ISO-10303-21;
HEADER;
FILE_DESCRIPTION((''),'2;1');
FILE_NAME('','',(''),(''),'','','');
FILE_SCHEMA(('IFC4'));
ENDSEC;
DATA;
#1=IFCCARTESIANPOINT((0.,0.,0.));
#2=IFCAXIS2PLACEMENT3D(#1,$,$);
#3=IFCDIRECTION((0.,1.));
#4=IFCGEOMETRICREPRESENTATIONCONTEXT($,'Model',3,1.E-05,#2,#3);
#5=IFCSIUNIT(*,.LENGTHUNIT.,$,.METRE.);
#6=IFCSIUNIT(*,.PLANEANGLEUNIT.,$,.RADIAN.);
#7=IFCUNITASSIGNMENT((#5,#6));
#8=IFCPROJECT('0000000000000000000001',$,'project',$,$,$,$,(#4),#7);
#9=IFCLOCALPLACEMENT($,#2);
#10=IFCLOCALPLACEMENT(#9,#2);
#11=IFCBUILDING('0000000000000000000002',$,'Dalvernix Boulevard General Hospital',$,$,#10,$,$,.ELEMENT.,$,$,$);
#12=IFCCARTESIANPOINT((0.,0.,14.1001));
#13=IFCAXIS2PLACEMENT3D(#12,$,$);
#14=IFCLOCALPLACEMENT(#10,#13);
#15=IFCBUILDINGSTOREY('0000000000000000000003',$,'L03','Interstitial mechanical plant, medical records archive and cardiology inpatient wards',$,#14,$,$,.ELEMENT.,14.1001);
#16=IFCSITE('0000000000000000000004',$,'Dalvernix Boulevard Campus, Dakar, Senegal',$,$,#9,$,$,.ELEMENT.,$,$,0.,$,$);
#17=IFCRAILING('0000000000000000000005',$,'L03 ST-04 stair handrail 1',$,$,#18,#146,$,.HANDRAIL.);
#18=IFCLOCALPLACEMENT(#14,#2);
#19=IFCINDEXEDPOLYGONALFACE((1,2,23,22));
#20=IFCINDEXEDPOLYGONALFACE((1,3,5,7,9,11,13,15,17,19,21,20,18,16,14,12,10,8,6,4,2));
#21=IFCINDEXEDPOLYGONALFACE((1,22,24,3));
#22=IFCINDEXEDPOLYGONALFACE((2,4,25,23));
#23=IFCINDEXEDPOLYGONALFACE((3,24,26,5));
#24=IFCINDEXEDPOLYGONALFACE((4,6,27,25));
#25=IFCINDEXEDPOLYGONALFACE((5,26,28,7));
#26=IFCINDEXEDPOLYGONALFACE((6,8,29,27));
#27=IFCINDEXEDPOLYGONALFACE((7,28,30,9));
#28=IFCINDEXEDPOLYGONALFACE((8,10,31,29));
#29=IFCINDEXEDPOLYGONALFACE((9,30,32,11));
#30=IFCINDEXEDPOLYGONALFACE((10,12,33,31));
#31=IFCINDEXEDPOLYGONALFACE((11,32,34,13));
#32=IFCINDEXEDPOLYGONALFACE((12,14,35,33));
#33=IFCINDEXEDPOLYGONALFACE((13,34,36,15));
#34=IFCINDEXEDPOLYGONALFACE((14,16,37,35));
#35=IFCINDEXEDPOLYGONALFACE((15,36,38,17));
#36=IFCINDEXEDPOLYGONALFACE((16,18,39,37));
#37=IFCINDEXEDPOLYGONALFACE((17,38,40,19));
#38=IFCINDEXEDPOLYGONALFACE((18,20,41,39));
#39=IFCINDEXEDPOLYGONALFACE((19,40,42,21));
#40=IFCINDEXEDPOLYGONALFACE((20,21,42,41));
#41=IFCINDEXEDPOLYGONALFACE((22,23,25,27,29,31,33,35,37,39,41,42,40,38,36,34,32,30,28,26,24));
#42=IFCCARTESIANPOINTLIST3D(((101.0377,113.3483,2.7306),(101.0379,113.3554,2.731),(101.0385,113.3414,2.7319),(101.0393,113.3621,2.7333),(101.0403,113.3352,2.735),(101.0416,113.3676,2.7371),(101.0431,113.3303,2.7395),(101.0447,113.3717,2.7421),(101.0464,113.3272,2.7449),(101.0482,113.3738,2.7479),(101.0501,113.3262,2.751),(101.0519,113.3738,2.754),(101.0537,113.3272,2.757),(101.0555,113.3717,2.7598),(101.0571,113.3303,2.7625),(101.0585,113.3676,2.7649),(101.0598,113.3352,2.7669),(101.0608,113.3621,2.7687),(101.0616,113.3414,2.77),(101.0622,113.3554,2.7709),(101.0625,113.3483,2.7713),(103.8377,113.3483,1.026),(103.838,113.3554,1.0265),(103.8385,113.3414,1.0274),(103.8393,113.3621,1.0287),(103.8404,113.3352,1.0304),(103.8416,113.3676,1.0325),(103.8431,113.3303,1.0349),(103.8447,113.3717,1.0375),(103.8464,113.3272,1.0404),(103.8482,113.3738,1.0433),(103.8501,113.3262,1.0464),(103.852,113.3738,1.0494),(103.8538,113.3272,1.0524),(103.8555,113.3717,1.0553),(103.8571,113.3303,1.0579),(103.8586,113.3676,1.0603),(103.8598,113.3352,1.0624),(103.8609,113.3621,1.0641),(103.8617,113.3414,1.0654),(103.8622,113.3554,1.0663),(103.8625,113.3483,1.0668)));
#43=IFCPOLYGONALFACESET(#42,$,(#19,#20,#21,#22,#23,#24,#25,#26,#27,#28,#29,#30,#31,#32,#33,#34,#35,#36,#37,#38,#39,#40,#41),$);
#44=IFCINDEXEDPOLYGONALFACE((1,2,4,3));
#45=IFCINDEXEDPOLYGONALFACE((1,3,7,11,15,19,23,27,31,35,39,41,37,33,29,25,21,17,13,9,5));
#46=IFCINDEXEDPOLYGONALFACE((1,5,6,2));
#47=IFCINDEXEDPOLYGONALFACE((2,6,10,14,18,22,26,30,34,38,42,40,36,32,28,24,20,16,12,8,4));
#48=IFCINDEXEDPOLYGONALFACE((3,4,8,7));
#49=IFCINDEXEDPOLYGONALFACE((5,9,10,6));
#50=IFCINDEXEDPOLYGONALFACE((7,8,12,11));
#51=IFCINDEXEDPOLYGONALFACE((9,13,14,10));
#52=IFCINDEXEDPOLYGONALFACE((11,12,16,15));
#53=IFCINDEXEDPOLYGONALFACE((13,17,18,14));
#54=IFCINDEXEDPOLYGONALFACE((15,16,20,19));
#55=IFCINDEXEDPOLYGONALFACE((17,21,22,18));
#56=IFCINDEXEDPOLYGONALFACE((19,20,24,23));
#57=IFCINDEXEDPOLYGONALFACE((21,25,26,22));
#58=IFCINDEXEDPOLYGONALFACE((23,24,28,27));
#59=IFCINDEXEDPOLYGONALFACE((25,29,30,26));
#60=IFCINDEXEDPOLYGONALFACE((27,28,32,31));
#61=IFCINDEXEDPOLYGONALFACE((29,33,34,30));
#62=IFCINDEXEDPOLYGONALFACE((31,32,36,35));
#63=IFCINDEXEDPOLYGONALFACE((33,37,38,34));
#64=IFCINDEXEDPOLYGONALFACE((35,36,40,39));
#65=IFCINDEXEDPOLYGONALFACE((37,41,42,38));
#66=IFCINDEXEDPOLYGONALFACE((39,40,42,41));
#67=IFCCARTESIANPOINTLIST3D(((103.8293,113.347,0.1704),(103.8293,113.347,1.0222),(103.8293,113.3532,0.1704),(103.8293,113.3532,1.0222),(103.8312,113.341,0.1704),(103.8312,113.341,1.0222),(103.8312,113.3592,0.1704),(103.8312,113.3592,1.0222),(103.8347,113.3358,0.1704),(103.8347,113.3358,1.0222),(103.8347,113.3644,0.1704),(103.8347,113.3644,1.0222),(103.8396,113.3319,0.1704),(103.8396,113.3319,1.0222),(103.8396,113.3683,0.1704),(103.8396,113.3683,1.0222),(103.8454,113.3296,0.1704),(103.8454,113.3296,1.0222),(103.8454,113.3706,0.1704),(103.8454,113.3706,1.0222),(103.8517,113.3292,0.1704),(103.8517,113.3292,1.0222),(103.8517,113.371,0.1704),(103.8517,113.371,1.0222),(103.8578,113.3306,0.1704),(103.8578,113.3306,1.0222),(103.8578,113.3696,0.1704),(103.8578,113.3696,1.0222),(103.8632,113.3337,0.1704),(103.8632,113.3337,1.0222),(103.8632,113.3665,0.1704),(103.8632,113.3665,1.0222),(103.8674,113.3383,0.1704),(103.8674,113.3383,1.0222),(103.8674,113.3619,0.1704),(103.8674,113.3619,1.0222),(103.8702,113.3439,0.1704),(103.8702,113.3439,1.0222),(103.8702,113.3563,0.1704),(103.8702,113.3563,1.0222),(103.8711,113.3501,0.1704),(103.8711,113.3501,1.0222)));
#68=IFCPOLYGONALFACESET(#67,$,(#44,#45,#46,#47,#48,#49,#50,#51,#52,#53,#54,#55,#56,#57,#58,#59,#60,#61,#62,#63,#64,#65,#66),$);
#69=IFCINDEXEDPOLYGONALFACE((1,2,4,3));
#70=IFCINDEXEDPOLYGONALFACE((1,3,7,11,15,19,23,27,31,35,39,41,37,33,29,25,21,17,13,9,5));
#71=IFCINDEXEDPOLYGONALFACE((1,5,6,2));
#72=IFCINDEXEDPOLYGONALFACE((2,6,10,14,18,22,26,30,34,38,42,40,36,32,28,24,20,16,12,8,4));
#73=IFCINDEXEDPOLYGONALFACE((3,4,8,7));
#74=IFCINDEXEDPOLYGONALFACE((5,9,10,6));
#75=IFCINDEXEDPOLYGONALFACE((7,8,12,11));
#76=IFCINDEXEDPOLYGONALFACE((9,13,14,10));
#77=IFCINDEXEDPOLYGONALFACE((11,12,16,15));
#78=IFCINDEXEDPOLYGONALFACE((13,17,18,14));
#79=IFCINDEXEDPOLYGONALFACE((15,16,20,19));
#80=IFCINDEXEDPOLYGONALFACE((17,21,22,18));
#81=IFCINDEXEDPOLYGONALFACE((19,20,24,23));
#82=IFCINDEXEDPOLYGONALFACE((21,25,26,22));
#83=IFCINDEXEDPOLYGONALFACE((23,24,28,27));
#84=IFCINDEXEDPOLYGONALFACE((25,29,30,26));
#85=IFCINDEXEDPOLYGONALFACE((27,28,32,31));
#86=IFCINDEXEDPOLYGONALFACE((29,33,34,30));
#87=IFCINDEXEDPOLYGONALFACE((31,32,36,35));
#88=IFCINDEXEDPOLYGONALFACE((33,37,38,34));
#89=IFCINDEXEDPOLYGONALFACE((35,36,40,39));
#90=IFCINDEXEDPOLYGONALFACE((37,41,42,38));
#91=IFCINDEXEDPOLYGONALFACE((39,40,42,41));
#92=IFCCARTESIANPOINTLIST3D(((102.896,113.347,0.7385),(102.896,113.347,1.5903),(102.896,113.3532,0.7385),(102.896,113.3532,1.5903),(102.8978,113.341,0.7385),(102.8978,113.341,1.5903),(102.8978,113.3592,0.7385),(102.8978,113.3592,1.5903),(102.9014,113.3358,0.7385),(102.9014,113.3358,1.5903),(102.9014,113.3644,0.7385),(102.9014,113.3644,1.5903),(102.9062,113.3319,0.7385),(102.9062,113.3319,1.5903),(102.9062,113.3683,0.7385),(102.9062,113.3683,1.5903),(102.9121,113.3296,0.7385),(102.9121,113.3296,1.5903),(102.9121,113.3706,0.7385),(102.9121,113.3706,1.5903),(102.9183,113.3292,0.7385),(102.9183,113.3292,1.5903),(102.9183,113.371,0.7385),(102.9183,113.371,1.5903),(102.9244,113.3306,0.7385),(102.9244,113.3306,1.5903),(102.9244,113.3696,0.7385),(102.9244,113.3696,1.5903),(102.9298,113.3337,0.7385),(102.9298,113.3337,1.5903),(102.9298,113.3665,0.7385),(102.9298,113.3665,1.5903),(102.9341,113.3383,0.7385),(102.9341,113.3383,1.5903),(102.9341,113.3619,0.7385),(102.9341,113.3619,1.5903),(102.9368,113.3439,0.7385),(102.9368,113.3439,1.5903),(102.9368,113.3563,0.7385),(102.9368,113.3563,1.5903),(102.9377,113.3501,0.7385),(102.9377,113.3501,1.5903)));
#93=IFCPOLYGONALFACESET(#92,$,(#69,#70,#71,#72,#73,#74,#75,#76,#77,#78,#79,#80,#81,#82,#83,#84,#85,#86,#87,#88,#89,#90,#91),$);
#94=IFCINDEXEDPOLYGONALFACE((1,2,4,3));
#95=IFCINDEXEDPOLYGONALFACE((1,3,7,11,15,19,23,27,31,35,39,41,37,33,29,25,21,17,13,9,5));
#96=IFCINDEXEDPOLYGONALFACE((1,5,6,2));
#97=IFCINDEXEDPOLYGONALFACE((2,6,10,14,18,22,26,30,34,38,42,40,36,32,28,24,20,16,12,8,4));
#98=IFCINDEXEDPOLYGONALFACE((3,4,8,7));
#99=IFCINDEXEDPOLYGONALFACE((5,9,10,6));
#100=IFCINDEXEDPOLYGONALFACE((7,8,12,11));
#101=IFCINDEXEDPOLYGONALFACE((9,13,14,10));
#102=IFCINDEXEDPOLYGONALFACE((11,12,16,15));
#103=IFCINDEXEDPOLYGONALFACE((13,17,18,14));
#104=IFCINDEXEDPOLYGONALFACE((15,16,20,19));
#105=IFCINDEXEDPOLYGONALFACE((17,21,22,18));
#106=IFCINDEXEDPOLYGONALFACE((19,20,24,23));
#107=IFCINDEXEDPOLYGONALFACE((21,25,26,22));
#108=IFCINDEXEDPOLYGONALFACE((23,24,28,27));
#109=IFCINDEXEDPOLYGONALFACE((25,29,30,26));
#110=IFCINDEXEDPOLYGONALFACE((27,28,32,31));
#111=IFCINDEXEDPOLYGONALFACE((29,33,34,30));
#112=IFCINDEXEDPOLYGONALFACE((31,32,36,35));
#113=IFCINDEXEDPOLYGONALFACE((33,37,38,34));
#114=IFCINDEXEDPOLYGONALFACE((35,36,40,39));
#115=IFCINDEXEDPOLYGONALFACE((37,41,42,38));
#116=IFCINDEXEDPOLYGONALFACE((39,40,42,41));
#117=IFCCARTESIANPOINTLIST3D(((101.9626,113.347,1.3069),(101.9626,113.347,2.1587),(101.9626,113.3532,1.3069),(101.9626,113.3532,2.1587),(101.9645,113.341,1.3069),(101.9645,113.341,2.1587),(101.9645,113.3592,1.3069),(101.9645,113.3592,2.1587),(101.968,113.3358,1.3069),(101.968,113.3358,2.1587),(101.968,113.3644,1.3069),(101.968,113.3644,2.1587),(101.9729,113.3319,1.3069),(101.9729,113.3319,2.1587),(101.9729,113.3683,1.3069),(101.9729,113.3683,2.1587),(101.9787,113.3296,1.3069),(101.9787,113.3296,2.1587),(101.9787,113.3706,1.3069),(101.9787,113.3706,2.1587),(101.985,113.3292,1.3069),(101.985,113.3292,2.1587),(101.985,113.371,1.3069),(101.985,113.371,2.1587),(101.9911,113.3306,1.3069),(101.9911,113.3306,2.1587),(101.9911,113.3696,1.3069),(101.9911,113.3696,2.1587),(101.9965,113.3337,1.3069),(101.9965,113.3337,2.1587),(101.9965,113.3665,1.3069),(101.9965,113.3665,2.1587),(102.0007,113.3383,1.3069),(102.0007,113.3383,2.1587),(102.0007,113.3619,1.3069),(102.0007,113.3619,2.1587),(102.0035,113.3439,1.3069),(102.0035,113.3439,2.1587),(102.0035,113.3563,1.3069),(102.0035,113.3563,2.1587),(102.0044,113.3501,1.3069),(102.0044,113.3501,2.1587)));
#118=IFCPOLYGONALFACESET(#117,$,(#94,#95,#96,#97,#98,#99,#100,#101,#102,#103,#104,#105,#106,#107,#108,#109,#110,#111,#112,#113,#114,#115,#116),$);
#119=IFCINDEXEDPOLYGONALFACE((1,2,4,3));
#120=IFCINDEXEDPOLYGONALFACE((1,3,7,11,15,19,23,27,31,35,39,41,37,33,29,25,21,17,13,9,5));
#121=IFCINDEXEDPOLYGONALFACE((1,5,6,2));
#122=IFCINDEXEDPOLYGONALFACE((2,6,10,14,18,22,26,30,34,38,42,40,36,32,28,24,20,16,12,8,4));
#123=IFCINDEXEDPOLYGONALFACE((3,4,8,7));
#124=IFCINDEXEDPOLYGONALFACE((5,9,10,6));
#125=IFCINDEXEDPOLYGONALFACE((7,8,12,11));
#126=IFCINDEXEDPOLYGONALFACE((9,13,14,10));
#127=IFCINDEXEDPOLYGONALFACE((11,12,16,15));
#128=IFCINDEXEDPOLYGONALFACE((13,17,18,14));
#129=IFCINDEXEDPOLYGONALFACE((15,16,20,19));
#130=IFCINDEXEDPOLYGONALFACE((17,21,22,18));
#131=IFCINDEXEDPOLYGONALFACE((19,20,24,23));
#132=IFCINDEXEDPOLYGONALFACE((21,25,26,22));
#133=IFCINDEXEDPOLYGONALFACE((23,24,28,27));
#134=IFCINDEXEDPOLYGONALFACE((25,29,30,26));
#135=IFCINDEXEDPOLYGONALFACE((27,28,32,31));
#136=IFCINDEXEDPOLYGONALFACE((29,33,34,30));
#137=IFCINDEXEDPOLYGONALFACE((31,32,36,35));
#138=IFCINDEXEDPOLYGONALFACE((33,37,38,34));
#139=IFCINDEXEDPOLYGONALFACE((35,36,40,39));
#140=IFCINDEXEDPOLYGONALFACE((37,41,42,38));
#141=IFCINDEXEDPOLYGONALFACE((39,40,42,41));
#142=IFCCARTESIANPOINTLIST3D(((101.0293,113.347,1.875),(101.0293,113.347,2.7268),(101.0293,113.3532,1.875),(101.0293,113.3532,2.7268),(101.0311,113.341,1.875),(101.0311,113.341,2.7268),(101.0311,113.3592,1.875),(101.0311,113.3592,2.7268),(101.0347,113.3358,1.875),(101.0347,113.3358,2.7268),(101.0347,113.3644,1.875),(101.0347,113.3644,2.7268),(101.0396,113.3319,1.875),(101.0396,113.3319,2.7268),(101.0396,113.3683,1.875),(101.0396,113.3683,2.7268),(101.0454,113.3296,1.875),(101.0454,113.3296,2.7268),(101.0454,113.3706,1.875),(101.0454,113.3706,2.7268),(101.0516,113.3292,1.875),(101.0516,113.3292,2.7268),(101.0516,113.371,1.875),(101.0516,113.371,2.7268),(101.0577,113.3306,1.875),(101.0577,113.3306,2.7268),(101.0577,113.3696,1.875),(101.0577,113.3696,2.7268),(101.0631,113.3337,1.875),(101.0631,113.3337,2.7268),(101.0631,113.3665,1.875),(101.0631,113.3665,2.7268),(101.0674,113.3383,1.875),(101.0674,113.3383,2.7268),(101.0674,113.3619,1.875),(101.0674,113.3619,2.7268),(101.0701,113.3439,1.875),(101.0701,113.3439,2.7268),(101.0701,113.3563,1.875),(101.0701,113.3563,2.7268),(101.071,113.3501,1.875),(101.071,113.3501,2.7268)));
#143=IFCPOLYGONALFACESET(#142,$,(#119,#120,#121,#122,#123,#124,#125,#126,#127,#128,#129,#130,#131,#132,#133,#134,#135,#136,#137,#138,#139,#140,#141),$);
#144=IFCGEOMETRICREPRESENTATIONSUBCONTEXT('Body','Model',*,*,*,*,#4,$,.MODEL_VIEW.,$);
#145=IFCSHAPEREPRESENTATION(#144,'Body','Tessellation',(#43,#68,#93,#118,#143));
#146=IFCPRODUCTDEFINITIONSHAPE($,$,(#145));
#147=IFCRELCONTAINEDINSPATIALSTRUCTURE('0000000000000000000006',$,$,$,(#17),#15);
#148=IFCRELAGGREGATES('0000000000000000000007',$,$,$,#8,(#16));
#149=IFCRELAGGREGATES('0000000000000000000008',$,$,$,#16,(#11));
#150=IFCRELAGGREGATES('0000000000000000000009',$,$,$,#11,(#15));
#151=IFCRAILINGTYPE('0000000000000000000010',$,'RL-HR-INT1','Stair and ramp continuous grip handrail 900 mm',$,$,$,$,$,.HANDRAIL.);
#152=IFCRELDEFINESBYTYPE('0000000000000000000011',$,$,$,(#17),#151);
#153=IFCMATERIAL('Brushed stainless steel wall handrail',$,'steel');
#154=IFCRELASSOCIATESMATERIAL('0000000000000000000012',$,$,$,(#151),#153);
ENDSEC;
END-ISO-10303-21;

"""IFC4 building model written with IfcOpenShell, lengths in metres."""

from ifc_helpers import new_model, si_unit, direction, frame, origin, origin_2d, place, context, subcontext, project, spatial, circle, extrude, material, type_object, element, save


model = new_model("IFC4")

# Units and contexts
model_context = context("Model", 3, precision=1e-05, world=origin(), true_north=direction((0.0, 1.0)))
body_context = subcontext(model_context, "Body", "Model", "MODEL_VIEW")
ifc_project = project(units=[si_unit("LENGTHUNIT", "METRE"), si_unit("PLANEANGLEUNIT", "RADIAN")], contexts=[model_context])

# Site, building, storey
site_placement = place(None, origin())
site = spatial("IfcSite", under=ifc_project, at=site_placement, Name="Dalvernix Boulevard Campus, Dakar, Senegal", CompositionType="ELEMENT", RefElevation=0.0)
building_placement = place(site_placement, origin())
building = spatial("IfcBuilding", under=site, at=building_placement, Name="Dalvernix Boulevard General Hospital", CompositionType="ELEMENT")
storey_placement = place(building_placement, frame((0.0, 0.0, 14.1001)))
storey = spatial("IfcBuildingStorey", under=building, at=storey_placement, Name="L03", Description="Interstitial mechanical plant, medical records archive and cardiology inpatient wards", CompositionType="ELEMENT", Elevation=14.1001)

# Railing
ifc_material_1 = material(Name="Brushed stainless steel wall handrail", Category="steel")
railing_type_1 = type_object("IfcRailingType", Name="RL-HR-INT1", Description="Stair and ramp continuous grip handrail 900 mm", PredefinedType="HANDRAIL", material=ifc_material_1)
railing_1_placement = place(storey_placement, frame((103.8501, 113.3501, 0.1704)))
element("IfcRailing", 1, at=railing_1_placement, inside=storey, type_object=railing_type_1, Name="L03 ST-04 stair handrail 1", PredefinedType="HANDRAIL", context=body_context, shape_type="SweptSolid", body=[
    extrude(circle(Radius=0.0239, at=origin_2d()), frame((0.0, 0.0, 0.876), z_axis=(-0.85417, 0.0, 0.519994), x_axis=(0.0, -1.0, 0.0)), (0.0, 0.0, 1.0), 3.2781),
    extrude(circle(Radius=0.021, at=origin_2d()), origin(), (0.0, 0.0, 1.0), 0.8518),
    extrude(circle(Radius=0.021, at=origin_2d()), frame((-0.9333, 0.0, 0.5681)), (0.0, 0.0, 1.0), 0.8518),
    extrude(circle(Radius=0.021, at=origin_2d()), frame((-1.8667, 0.0, 1.1365)), (0.0, 0.0, 1.0), 0.8518),
    extrude(circle(Radius=0.021, at=origin_2d()), frame((-2.8, 0.0, 1.7046)), (0.0, 0.0, 1.0), 0.8518),
])

save(model, "model.ifc")
